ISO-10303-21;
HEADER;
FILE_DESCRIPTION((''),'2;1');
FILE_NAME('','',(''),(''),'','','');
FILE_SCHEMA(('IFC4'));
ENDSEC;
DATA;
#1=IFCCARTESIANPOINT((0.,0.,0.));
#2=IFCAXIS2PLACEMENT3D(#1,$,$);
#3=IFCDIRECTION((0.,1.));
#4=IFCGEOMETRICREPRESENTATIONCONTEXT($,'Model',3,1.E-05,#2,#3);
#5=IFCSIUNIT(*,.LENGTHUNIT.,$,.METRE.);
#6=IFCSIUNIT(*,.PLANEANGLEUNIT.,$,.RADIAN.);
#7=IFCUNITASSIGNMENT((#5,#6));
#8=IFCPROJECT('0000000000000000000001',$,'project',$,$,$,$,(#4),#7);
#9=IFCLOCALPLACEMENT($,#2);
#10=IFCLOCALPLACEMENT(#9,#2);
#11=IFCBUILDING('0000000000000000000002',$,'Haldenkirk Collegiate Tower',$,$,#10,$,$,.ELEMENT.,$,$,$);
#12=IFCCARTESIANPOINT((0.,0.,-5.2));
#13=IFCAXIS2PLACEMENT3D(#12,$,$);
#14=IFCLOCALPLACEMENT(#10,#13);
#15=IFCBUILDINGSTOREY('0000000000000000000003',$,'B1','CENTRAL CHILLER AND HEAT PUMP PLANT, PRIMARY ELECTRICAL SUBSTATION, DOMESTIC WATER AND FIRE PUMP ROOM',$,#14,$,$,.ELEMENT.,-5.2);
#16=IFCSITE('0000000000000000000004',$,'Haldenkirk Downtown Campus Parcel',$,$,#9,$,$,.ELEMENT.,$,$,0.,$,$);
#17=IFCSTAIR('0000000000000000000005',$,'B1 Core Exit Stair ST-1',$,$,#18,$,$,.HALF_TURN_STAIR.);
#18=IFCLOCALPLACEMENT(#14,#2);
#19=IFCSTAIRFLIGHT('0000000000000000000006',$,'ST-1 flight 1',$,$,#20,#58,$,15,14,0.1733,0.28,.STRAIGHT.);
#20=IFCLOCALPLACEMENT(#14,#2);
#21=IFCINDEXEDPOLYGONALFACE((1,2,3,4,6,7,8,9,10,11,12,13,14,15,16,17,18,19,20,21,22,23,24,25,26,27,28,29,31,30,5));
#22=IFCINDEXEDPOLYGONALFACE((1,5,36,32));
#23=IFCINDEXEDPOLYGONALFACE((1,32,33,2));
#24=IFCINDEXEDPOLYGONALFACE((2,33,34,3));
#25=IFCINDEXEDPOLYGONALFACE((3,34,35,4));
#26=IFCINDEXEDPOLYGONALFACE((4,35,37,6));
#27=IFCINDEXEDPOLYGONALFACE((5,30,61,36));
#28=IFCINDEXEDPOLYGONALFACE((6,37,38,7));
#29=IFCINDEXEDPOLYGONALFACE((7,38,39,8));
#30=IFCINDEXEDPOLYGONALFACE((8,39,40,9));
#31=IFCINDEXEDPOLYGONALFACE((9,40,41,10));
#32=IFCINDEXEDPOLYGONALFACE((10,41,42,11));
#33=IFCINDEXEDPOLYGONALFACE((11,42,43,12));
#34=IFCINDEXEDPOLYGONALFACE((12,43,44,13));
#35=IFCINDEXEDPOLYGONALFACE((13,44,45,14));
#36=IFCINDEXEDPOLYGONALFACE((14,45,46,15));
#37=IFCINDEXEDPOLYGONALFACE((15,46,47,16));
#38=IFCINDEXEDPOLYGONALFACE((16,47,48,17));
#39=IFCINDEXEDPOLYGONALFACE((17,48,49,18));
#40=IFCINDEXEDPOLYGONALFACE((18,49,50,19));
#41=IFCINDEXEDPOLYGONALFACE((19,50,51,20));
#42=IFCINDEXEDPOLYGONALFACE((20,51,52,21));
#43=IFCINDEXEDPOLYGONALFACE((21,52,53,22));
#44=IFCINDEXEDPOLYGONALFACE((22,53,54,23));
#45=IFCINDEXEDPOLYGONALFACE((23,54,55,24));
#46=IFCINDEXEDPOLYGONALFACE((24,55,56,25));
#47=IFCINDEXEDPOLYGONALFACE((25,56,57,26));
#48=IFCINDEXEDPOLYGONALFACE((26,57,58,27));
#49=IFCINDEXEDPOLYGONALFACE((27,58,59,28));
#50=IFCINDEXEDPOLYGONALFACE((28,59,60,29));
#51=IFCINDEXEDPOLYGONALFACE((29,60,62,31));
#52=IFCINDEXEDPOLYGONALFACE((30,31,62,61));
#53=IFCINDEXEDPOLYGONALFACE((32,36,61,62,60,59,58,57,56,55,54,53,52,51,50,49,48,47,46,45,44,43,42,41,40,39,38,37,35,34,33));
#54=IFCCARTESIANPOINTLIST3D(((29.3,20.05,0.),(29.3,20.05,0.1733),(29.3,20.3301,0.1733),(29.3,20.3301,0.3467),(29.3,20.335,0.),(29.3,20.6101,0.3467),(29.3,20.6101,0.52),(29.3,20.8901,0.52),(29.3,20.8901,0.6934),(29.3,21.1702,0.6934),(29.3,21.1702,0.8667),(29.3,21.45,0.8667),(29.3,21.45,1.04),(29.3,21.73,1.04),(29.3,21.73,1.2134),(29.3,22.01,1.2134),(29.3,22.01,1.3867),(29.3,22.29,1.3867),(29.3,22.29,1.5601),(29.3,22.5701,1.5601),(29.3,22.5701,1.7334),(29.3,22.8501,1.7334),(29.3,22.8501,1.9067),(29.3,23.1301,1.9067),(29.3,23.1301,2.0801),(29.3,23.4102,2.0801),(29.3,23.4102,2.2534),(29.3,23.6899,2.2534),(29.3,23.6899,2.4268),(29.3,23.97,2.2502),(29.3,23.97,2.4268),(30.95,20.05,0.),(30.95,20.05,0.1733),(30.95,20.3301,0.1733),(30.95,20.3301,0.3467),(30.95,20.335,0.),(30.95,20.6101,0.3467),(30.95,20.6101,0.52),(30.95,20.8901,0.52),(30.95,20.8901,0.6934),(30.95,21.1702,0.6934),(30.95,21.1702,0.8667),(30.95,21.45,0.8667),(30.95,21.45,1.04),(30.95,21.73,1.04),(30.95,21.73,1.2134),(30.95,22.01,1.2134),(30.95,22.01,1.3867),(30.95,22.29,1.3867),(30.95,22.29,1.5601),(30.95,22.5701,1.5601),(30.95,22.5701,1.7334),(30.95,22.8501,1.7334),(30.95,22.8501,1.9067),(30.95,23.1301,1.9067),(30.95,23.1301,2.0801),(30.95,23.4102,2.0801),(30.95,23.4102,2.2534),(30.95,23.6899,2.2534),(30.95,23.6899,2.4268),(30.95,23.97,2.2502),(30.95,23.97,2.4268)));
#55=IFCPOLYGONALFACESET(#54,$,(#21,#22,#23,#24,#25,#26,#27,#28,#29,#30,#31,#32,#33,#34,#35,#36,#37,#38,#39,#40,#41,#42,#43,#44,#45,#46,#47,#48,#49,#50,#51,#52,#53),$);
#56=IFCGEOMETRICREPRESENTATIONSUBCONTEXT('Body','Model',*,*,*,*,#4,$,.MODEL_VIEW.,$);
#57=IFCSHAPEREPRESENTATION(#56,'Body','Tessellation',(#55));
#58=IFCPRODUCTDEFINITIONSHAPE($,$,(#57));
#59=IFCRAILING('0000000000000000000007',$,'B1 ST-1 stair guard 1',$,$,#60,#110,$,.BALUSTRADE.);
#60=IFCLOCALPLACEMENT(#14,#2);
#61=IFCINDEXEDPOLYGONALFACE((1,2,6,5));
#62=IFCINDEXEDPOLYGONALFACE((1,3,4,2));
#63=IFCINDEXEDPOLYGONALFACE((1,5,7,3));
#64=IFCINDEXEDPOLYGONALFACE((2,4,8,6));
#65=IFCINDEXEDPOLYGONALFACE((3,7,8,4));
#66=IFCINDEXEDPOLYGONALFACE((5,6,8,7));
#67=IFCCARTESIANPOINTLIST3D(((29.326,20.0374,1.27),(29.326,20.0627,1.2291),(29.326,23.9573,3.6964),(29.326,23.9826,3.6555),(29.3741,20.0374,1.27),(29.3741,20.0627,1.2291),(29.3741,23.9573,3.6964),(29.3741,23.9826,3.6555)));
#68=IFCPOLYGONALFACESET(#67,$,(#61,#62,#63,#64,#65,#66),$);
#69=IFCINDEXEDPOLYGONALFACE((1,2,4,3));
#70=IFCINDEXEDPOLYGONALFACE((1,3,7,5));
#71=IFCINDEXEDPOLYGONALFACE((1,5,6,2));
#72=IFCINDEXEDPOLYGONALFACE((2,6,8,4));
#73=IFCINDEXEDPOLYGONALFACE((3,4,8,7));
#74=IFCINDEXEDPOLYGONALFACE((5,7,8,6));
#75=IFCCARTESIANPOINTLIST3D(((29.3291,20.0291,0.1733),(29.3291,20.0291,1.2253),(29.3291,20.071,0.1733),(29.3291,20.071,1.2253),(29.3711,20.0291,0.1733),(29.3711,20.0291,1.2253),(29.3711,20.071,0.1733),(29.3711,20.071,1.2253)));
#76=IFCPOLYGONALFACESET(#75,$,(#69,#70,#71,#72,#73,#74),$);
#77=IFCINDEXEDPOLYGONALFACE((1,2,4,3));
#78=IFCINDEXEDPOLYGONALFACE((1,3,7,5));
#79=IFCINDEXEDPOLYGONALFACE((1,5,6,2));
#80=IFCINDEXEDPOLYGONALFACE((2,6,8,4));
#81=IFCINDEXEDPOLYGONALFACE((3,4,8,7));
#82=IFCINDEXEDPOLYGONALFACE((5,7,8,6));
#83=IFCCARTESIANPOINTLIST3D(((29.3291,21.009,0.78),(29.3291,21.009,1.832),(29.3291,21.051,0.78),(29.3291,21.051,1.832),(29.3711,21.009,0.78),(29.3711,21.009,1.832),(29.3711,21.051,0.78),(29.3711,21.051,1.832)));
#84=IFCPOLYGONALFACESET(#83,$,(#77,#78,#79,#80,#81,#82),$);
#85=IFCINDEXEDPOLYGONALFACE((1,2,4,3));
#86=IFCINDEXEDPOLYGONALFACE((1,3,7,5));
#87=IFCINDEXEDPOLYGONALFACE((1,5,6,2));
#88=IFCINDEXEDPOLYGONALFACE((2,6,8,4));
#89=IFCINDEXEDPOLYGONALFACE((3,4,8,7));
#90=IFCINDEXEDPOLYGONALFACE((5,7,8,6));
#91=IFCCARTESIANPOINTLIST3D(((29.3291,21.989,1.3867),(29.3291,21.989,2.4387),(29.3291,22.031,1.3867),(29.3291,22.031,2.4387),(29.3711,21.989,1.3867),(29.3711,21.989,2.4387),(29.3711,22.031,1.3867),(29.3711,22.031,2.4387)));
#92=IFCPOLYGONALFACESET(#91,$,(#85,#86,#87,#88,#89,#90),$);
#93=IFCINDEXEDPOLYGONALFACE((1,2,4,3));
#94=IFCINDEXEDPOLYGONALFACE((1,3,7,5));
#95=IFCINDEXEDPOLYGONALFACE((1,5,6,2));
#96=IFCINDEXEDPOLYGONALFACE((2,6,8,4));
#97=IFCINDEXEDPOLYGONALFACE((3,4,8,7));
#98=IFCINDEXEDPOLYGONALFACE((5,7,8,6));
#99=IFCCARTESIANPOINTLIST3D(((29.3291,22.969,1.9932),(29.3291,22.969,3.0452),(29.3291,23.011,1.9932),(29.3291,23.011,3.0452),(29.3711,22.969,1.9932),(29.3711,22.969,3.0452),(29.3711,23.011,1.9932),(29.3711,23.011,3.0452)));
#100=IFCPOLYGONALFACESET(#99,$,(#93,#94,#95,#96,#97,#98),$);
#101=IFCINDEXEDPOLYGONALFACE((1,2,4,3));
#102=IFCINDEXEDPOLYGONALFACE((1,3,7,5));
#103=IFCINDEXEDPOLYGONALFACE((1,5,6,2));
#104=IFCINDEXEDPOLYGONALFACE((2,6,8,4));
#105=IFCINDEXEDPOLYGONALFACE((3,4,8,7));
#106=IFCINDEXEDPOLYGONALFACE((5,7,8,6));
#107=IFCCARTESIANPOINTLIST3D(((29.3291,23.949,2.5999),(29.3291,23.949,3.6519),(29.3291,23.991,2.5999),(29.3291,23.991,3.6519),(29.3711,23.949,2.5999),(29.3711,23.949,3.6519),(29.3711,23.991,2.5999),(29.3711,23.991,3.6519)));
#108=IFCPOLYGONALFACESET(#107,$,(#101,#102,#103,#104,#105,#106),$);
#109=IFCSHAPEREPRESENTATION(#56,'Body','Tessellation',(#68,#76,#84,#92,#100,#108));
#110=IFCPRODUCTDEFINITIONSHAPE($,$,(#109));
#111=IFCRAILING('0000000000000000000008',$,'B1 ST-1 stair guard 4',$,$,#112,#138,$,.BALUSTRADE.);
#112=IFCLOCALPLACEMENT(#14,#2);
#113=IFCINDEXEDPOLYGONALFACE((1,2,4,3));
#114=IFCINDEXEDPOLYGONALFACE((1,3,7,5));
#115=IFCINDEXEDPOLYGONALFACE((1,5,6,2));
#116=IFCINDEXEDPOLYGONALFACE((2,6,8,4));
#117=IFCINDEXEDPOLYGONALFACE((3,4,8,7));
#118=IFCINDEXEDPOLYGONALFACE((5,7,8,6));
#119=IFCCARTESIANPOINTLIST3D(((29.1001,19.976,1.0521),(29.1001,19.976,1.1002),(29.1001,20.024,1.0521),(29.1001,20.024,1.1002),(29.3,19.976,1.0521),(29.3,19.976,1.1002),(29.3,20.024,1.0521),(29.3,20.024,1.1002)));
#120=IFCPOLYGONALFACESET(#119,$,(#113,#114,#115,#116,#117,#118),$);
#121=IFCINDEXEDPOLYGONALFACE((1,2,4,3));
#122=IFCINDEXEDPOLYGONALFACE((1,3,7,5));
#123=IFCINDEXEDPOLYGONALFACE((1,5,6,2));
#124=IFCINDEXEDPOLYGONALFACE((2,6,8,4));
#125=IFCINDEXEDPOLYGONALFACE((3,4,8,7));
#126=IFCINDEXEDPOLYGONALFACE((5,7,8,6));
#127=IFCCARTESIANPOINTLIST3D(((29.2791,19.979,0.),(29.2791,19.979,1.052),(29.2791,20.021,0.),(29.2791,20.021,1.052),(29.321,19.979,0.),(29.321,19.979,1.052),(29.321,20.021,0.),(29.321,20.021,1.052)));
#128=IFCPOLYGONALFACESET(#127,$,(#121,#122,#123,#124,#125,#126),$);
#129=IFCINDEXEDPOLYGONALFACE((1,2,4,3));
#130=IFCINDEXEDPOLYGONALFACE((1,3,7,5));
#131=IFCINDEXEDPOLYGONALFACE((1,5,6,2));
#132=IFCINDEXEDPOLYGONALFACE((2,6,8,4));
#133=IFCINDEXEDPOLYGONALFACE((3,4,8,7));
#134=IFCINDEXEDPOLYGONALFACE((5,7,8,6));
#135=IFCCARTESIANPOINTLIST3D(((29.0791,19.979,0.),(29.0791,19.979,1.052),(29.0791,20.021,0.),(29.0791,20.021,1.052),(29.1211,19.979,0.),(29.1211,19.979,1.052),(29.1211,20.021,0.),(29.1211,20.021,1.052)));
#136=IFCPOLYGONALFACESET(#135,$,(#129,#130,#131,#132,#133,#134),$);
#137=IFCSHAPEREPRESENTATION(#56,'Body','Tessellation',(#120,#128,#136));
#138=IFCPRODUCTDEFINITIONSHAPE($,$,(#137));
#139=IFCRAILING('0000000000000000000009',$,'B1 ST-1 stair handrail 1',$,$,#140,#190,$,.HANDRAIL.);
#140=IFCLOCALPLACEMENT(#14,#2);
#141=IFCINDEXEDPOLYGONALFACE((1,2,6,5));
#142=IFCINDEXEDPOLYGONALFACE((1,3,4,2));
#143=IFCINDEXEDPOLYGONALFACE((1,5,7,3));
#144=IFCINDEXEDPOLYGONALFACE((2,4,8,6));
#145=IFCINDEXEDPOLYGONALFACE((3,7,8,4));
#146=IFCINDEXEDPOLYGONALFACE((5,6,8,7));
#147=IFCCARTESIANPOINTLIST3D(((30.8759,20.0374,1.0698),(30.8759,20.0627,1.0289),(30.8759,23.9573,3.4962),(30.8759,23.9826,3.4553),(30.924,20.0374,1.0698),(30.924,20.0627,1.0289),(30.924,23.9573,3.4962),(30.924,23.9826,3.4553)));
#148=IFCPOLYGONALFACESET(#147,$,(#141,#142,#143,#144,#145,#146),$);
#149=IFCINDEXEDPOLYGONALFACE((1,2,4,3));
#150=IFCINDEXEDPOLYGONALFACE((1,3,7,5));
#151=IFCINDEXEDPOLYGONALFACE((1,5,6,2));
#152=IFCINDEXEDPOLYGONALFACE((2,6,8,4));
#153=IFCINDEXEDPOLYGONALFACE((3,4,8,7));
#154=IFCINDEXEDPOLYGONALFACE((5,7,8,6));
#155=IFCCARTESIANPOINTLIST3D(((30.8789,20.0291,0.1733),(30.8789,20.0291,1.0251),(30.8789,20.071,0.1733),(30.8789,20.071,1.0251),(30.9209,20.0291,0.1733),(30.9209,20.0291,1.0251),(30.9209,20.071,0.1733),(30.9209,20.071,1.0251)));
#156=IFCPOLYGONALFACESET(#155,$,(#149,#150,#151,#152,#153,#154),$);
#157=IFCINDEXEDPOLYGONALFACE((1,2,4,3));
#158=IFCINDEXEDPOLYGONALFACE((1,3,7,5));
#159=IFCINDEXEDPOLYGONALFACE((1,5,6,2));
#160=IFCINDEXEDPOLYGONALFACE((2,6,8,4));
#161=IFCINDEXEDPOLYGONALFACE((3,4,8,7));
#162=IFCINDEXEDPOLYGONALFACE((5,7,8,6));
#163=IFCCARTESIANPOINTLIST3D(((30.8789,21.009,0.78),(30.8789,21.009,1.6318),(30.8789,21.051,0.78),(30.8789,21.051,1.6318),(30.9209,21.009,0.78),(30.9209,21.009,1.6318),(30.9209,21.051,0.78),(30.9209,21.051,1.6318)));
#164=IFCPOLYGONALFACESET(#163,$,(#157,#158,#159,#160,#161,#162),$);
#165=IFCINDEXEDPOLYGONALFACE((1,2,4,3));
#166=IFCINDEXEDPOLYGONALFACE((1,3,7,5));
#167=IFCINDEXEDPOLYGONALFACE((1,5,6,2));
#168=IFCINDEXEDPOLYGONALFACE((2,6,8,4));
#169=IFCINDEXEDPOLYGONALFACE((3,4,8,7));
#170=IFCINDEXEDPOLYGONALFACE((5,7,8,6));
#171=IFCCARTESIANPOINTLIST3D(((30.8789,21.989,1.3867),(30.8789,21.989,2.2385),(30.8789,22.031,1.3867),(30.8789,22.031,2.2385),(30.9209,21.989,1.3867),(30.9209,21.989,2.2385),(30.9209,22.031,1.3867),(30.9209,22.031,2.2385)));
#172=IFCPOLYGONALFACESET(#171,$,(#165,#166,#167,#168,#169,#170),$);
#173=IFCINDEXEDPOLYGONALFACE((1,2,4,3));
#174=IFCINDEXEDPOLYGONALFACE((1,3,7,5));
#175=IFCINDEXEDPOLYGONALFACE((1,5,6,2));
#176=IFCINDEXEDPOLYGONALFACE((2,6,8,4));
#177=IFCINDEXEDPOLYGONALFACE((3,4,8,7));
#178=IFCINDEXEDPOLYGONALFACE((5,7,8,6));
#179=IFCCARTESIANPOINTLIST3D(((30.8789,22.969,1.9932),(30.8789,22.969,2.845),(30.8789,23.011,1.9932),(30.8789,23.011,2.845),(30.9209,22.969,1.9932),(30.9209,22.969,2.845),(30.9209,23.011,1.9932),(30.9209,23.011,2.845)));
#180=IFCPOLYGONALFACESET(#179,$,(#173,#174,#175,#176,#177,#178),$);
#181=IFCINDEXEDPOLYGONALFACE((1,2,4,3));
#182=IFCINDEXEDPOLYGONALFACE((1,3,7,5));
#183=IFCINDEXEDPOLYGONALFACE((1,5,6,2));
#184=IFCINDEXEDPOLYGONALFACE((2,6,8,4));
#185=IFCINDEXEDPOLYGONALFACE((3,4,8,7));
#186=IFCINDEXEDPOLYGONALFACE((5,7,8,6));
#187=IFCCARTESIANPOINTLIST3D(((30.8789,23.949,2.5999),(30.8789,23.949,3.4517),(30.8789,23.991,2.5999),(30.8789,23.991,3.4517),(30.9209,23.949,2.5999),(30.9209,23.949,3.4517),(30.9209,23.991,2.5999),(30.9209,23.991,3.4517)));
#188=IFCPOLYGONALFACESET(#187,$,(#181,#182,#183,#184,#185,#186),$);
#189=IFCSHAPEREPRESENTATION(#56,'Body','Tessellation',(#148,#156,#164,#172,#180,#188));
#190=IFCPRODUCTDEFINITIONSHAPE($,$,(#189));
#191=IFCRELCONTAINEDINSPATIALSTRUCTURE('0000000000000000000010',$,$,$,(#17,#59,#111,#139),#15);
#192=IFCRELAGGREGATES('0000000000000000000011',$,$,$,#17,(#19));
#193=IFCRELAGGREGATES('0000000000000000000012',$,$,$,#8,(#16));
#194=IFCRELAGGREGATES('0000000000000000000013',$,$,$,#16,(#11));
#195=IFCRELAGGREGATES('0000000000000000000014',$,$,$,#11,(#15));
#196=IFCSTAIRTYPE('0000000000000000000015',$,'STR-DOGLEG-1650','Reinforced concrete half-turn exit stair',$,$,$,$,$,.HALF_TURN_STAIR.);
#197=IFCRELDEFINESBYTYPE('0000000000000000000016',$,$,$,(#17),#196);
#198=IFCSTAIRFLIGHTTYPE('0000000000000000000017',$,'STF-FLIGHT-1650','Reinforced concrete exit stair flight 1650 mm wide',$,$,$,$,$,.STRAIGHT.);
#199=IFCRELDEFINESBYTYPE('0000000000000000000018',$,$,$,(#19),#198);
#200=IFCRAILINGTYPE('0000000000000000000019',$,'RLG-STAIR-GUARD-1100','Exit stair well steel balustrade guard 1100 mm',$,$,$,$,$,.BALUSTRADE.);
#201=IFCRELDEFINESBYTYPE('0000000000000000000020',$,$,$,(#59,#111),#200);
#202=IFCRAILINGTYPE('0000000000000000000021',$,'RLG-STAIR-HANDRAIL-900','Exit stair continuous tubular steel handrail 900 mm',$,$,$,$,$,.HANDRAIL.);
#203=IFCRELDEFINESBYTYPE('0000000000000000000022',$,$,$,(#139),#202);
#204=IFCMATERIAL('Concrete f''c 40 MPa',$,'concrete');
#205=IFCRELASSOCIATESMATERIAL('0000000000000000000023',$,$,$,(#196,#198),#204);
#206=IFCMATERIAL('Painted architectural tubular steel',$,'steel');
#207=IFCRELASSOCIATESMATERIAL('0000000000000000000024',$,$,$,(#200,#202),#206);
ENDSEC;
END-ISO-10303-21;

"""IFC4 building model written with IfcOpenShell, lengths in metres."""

from ifc_helpers import new_model, si_unit, direction, frame, origin, origin_2d, place, context, subcontext, project, spatial, polyline, rectangle, outline, extrude, material, type_object, element, aggregate, save


model = new_model("IFC4")

# Units and contexts
model_context = context("Model", 3, precision=1e-05, world=origin(), true_north=direction((0.0, 1.0)))
body_context = subcontext(model_context, "Body", "Model", "MODEL_VIEW")
ifc_project = project(units=[si_unit("LENGTHUNIT", "METRE"), si_unit("PLANEANGLEUNIT", "RADIAN")], contexts=[model_context])

# Site, building, storey
site_placement = place(None, origin())
site = spatial("IfcSite", under=ifc_project, at=site_placement, Name="Haldenkirk Downtown Campus Parcel", CompositionType="ELEMENT", RefElevation=0.0)
building_placement = place(site_placement, origin())
building = spatial("IfcBuilding", under=site, at=building_placement, Name="Haldenkirk Collegiate Tower", CompositionType="ELEMENT")
storey_placement = place(building_placement, frame((0.0, 0.0, -5.2)))
storey = spatial("IfcBuildingStorey", under=building, at=storey_placement, Name="B1", Description="CENTRAL CHILLER AND HEAT PUMP PLANT, PRIMARY ELECTRICAL SUBSTATION, DOMESTIC WATER AND FIRE PUMP ROOM", CompositionType="ELEMENT", Elevation=-5.2)

# Stair, stair flight
ifc_material_1 = material(Name="Concrete f'c 40 MPa", Category="concrete")
stair_type = type_object("IfcStairType", Name="STR-DOGLEG-1650", Description="Reinforced concrete half-turn exit stair", PredefinedType="HALF_TURN_STAIR", material=ifc_material_1)
stair_placement = place(storey_placement, origin())
stair = element("IfcStair", 1, at=stair_placement, inside=storey, type_object=stair_type, Name="B1 Core Exit Stair ST-1", PredefinedType="HALF_TURN_STAIR")
stair_flight_type = type_object("IfcStairFlightType", Name="STF-FLIGHT-1650", Description="Reinforced concrete exit stair flight 1650 mm wide", PredefinedType="STRAIGHT", material=ifc_material_1)
stair_flight_placement = place(storey_placement, frame((30.125, 20.05, 0.0), z_axis=(0.0, 0.0, 1.0), x_axis=(0.0, 1.0, 0.0)))
stair_flight = element("IfcStairFlight", 2, at=stair_flight_placement, type_object=stair_flight_type, Name="ST-1 flight 1", NumberOfRisers=15, NumberOfTreads=14, PredefinedType="STRAIGHT", RiserHeight=0.1733, TreadLength=0.28, context=body_context, shape_type="SweptSolid", body=[
    extrude(outline(polyline([(0.0, 0.0), (0.0, 0.1733), (0.28, 0.1733), (0.28, 0.3467), (0.5601, 0.3467), (0.5601, 0.52), (0.8401, 0.52), (0.8401, 0.6934), (1.1201, 0.6934), (1.1201, 0.8667), (1.3999, 0.8667), (1.3999, 1.04), (1.6799, 1.04), (1.6799, 1.2134), (1.96, 1.2134), (1.96, 1.3867), (2.24, 1.3867), (2.24, 1.5601), (2.52, 1.5601), (2.52, 1.7334), (2.8, 1.7334), (2.8, 1.9067), (3.0801, 1.9067), (3.0801, 2.0801), (3.3601, 2.0801), (3.3601, 2.2534), (3.6399, 2.2534), (3.6399, 2.4268), (3.9199, 2.4268), (3.9199, 2.6001), (3.9199, 2.2502), (0.2849, 0.0), (0.0, 0.0)])), frame((0.0, 0.825, 0.0), z_axis=(0.0, -1.0, 0.0), x_axis=(1.0, 0.0, 0.0)), (0.0, 0.0, 1.0), 1.6499),
])
aggregate(stair, [stair_flight])

# Railings
ifc_material_2 = material(Name="Painted architectural tubular steel", Category="steel")
railing_type_1 = type_object("IfcRailingType", Name="RLG-STAIR-GUARD-1100", Description="Exit stair well steel balustrade guard 1100 mm", PredefinedType="BALUSTRADE", material=ifc_material_2)
railing_1_placement = place(storey_placement, frame((29.3501, 20.05, 0.1733)))
element("IfcRailing", 3, at=railing_1_placement, inside=storey, type_object=railing_type_1, Name="B1 ST-1 stair guard 1", PredefinedType="BALUSTRADE", context=body_context, shape_type="SweptSolid", body=[
    extrude(rectangle(XDim=0.0481, YDim=0.0481, at=origin_2d()), frame((0.0, 0.0, 1.0762), z_axis=(0.0, 0.850275, 0.526338), x_axis=(-1.0, 0.0, 0.0)), (0.0, 0.0, 1.0), 4.6101),
    extrude(rectangle(XDim=0.042, YDim=0.042, at=origin_2d()), origin(), (0.0, 0.0, 1.0), 1.052),
    extrude(rectangle(XDim=0.042, YDim=0.042, at=origin_2d()), frame((0.0, 0.98, 0.6067)), (0.0, 0.0, 1.0), 1.052),
    extrude(rectangle(XDim=0.042, YDim=0.042, at=origin_2d()), frame((0.0, 1.96, 1.2134)), (0.0, 0.0, 1.0), 1.052),
    extrude(rectangle(XDim=0.042, YDim=0.042, at=origin_2d()), frame((0.0, 2.9399, 1.8198)), (0.0, 0.0, 1.0), 1.052),
    extrude(rectangle(XDim=0.042, YDim=0.042, at=origin_2d()), frame((0.0, 3.9199, 2.4265)), (0.0, 0.0, 1.0), 1.052),
])
railing_2_placement = place(storey_placement, frame((29.3, 20.0, 0.0)))
element("IfcRailing", 4, at=railing_2_placement, inside=storey, type_object=railing_type_1, Name="B1 ST-1 stair guard 4", PredefinedType="BALUSTRADE", context=body_context, shape_type="SweptSolid", body=[
    extrude(rectangle(XDim=0.0481, YDim=0.0481, at=origin_2d()), frame((0.0, 0.0, 1.0762), z_axis=(-1.0, 0.0, 0.0), x_axis=(0.0, -1.0, 0.0)), (0.0, 0.0, 1.0), 0.2),
    extrude(rectangle(XDim=0.042, YDim=0.042, at=origin_2d()), origin(), (0.0, 0.0, 1.0), 1.052),
    extrude(rectangle(XDim=0.042, YDim=0.042, at=origin_2d()), frame((-0.2, 0.0, 0.0)), (0.0, 0.0, 1.0), 1.052),
])
railing_type_2 = type_object("IfcRailingType", Name="RLG-STAIR-HANDRAIL-900", Description="Exit stair continuous tubular steel handrail 900 mm", PredefinedType="HANDRAIL", material=ifc_material_2)
railing_3_placement = place(storey_placement, frame((30.8999, 20.05, 0.1733)))
element("IfcRailing", 5, at=railing_3_placement, inside=storey, type_object=railing_type_2, Name="B1 ST-1 stair handrail 1", PredefinedType="HANDRAIL", context=body_context, shape_type="SweptSolid", body=[
    extrude(rectangle(XDim=0.0481, YDim=0.0481, at=origin_2d()), frame((0.0, 0.0, 0.876), z_axis=(0.0, 0.850275, 0.526338), x_axis=(-1.0, 0.0, 0.0)), (0.0, 0.0, 1.0), 4.6101),
    extrude(rectangle(XDim=0.042, YDim=0.042, at=origin_2d()), origin(), (0.0, 0.0, 1.0), 0.8518),
    extrude(rectangle(XDim=0.042, YDim=0.042, at=origin_2d()), frame((0.0, 0.98, 0.6067)), (0.0, 0.0, 1.0), 0.8518),
    extrude(rectangle(XDim=0.042, YDim=0.042, at=origin_2d()), frame((0.0, 1.96, 1.2134)), (0.0, 0.0, 1.0), 0.8518),
    extrude(rectangle(XDim=0.042, YDim=0.042, at=origin_2d()), frame((0.0, 2.9399, 1.8198)), (0.0, 0.0, 1.0), 0.8518),
    extrude(rectangle(XDim=0.042, YDim=0.042, at=origin_2d()), frame((0.0, 3.9199, 2.4265)), (0.0, 0.0, 1.0), 0.8518),
])

save(model, "model.ifc")
